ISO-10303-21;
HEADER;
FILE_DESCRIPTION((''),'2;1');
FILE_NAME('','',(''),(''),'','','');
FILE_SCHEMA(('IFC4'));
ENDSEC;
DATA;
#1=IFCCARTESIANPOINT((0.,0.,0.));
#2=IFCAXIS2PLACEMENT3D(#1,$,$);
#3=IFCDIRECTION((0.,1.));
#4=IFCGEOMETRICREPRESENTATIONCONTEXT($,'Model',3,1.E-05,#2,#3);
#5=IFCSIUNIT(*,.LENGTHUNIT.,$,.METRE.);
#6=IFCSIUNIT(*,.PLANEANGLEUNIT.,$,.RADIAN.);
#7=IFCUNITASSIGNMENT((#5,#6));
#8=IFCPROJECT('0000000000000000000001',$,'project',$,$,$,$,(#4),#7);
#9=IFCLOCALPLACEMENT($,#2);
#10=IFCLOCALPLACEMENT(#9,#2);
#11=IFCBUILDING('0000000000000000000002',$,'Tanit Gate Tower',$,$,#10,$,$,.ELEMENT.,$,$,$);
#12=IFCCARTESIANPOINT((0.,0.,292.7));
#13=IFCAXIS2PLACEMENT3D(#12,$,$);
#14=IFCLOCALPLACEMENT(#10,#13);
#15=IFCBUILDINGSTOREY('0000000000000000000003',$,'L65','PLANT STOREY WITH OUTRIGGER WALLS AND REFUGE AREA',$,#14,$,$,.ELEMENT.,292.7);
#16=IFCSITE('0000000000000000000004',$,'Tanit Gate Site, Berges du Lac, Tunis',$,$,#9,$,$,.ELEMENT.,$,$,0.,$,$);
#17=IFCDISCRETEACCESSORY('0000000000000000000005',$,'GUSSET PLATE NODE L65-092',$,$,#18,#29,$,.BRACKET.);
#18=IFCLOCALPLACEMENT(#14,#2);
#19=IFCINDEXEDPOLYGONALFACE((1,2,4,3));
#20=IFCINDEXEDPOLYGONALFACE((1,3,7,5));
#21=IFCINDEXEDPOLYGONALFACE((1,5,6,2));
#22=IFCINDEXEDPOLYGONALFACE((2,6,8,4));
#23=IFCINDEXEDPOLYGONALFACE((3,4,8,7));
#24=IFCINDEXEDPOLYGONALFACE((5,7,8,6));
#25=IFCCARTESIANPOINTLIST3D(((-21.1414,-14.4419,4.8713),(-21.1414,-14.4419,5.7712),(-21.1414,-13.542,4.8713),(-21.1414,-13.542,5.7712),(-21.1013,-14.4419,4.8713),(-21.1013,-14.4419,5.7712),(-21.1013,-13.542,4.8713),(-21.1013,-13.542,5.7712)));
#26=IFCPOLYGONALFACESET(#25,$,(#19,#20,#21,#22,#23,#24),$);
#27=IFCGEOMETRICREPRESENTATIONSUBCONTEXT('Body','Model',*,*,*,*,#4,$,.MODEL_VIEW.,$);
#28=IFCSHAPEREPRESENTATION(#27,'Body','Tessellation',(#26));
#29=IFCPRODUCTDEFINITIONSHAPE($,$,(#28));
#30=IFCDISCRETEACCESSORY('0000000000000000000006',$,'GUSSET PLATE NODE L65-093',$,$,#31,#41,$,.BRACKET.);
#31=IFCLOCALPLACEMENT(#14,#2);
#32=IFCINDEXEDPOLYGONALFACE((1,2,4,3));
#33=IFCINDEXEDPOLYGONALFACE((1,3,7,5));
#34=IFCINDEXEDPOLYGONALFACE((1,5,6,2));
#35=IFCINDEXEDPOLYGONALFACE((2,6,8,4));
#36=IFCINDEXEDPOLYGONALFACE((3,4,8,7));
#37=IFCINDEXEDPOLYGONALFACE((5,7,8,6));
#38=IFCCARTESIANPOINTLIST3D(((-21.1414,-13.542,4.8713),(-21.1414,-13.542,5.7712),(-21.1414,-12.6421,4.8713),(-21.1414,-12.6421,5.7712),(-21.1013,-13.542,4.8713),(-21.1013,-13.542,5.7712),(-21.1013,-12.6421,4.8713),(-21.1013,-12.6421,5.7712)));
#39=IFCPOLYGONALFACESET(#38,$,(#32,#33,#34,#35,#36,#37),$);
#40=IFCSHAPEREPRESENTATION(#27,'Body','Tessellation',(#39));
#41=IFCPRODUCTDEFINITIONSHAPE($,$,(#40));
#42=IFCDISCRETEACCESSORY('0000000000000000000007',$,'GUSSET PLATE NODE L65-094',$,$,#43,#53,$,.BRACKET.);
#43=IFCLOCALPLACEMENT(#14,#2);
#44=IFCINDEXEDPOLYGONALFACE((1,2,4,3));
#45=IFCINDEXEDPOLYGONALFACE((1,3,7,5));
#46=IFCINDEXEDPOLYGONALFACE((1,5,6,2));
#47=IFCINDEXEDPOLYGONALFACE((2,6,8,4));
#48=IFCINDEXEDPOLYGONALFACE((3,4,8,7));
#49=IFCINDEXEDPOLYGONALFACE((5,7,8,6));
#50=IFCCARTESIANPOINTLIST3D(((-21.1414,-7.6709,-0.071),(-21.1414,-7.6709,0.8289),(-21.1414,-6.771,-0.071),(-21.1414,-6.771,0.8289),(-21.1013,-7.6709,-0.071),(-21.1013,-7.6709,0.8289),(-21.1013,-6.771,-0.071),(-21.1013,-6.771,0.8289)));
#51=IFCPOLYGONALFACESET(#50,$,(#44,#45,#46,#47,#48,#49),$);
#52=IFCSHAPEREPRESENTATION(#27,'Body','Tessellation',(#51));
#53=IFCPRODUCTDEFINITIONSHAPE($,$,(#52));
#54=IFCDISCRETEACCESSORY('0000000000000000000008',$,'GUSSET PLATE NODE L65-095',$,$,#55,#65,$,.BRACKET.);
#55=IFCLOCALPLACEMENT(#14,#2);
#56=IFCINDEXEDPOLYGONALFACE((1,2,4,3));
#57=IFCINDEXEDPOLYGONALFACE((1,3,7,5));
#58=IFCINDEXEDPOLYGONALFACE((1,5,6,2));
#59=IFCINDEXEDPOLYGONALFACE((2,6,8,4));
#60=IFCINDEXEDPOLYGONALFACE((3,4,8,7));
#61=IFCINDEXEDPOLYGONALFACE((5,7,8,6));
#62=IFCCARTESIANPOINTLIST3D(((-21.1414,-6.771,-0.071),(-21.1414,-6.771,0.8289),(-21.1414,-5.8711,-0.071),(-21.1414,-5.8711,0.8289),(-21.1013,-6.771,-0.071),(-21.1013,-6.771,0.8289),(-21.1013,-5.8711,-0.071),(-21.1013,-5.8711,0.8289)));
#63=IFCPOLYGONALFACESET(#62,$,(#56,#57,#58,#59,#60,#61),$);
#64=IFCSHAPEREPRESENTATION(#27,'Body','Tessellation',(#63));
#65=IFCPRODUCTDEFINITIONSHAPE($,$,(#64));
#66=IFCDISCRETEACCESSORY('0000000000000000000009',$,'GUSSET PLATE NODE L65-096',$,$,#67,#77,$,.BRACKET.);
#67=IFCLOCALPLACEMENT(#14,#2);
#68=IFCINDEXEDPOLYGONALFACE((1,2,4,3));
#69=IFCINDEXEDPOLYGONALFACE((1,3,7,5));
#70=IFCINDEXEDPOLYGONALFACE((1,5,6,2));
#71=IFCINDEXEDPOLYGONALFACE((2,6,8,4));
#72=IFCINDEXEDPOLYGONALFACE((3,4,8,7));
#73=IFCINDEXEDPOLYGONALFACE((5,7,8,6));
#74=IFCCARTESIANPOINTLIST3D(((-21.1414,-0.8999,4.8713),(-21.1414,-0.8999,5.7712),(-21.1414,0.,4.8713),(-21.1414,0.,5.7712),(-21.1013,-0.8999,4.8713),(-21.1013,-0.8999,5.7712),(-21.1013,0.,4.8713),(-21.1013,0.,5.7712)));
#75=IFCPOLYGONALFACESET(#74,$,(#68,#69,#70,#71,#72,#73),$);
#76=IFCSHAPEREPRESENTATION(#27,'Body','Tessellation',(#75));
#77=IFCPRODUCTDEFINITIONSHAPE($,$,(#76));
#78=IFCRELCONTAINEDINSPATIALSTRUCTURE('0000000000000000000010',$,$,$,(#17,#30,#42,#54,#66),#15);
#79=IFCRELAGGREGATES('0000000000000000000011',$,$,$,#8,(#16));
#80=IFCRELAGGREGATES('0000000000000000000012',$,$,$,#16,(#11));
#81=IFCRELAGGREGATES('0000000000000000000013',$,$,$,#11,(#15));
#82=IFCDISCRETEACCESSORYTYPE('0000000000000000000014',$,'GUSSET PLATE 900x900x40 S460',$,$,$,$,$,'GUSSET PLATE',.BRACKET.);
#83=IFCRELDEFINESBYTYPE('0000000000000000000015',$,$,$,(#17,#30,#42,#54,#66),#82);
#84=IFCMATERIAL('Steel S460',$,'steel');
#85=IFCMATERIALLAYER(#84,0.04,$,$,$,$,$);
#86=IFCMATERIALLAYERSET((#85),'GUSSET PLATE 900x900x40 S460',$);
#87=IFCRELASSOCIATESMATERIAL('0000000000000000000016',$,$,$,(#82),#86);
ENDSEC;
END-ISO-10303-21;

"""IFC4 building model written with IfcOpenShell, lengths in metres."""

from ifc_helpers import new_model, si_unit, direction, frame, origin, origin_2d, place, context, subcontext, project, spatial, rectangle, extrude, material, layer, layer_set, type_object, element, save


model = new_model("IFC4")

# Units and contexts
model_context = context("Model", 3, precision=1e-05, world=origin(), true_north=direction((0.0, 1.0)))
body_context = subcontext(model_context, "Body", "Model", "MODEL_VIEW")
ifc_project = project(units=[si_unit("LENGTHUNIT", "METRE"), si_unit("PLANEANGLEUNIT", "RADIAN")], contexts=[model_context])

# Site, building, storey
site_placement = place(None, origin())
site = spatial("IfcSite", under=ifc_project, at=site_placement, Name="Tanit Gate Site, Berges du Lac, Tunis", CompositionType="ELEMENT", RefElevation=0.0)
building_placement = place(site_placement, origin())
building = spatial("IfcBuilding", under=site, at=building_placement, Name="Tanit Gate Tower", CompositionType="ELEMENT")
storey_placement = place(building_placement, frame((0.0, 0.0, 292.7)))
storey = spatial("IfcBuildingStorey", under=building, at=storey_placement, Name="L65", Description="PLANT STOREY WITH OUTRIGGER WALLS AND REFUGE AREA", CompositionType="ELEMENT", Elevation=292.7)

# Discrete accessories
ifc_material_1 = material(Name="Steel S460", Category="steel")
ifc_layer_1 = layer(ifc_material_1, 0.04)
ifc_layer_set_1 = layer_set([ifc_layer_1], Name="GUSSET PLATE 900x900x40 S460")
discrete_accessory_type = type_object("IfcDiscreteAccessoryType", Name="GUSSET PLATE 900x900x40 S460", ElementType="GUSSET PLATE", PredefinedType="BRACKET", material=ifc_layer_set_1)
for number, where, z_axis, x_axis, name in (
    (1, (-21.1213, -13.9919, 4.8713), (0.0, 0.0, 1.0), (0.0, -1.0, 0.0), "GUSSET PLATE NODE L65-092"),
    (2, (-21.1213, -13.092, 4.8713), (0.0, 0.0, 1.0), (0.0, 1.0, 0.0), "GUSSET PLATE NODE L65-093"),
    (3, (-21.1213, -7.2209, -0.071), (0.0, 0.0, 1.0), (0.0, -1.0, 0.0), "GUSSET PLATE NODE L65-094"),
    (4, (-21.1213, -6.321, -0.071), (0.0, 0.0, 1.0), (0.0, 1.0, 0.0), "GUSSET PLATE NODE L65-095"),
    (5, (-21.1213, -0.45, 4.8713), (0.0, 0.0, 1.0), (0.0, -1.0, 0.0), "GUSSET PLATE NODE L65-096"),
):
    element("IfcDiscreteAccessory", number, at=place(storey_placement, frame(where, z_axis=z_axis, x_axis=x_axis)), inside=storey, type_object=discrete_accessory_type, Name=name, PredefinedType="BRACKET", context=body_context, shape_type="SweptSolid", body=[
        extrude(rectangle(XDim=0.8999, YDim=0.04, at=origin_2d()), origin(), (0.0, 0.0, 1.0), 0.8999),
    ])

save(model, "model.ifc")
